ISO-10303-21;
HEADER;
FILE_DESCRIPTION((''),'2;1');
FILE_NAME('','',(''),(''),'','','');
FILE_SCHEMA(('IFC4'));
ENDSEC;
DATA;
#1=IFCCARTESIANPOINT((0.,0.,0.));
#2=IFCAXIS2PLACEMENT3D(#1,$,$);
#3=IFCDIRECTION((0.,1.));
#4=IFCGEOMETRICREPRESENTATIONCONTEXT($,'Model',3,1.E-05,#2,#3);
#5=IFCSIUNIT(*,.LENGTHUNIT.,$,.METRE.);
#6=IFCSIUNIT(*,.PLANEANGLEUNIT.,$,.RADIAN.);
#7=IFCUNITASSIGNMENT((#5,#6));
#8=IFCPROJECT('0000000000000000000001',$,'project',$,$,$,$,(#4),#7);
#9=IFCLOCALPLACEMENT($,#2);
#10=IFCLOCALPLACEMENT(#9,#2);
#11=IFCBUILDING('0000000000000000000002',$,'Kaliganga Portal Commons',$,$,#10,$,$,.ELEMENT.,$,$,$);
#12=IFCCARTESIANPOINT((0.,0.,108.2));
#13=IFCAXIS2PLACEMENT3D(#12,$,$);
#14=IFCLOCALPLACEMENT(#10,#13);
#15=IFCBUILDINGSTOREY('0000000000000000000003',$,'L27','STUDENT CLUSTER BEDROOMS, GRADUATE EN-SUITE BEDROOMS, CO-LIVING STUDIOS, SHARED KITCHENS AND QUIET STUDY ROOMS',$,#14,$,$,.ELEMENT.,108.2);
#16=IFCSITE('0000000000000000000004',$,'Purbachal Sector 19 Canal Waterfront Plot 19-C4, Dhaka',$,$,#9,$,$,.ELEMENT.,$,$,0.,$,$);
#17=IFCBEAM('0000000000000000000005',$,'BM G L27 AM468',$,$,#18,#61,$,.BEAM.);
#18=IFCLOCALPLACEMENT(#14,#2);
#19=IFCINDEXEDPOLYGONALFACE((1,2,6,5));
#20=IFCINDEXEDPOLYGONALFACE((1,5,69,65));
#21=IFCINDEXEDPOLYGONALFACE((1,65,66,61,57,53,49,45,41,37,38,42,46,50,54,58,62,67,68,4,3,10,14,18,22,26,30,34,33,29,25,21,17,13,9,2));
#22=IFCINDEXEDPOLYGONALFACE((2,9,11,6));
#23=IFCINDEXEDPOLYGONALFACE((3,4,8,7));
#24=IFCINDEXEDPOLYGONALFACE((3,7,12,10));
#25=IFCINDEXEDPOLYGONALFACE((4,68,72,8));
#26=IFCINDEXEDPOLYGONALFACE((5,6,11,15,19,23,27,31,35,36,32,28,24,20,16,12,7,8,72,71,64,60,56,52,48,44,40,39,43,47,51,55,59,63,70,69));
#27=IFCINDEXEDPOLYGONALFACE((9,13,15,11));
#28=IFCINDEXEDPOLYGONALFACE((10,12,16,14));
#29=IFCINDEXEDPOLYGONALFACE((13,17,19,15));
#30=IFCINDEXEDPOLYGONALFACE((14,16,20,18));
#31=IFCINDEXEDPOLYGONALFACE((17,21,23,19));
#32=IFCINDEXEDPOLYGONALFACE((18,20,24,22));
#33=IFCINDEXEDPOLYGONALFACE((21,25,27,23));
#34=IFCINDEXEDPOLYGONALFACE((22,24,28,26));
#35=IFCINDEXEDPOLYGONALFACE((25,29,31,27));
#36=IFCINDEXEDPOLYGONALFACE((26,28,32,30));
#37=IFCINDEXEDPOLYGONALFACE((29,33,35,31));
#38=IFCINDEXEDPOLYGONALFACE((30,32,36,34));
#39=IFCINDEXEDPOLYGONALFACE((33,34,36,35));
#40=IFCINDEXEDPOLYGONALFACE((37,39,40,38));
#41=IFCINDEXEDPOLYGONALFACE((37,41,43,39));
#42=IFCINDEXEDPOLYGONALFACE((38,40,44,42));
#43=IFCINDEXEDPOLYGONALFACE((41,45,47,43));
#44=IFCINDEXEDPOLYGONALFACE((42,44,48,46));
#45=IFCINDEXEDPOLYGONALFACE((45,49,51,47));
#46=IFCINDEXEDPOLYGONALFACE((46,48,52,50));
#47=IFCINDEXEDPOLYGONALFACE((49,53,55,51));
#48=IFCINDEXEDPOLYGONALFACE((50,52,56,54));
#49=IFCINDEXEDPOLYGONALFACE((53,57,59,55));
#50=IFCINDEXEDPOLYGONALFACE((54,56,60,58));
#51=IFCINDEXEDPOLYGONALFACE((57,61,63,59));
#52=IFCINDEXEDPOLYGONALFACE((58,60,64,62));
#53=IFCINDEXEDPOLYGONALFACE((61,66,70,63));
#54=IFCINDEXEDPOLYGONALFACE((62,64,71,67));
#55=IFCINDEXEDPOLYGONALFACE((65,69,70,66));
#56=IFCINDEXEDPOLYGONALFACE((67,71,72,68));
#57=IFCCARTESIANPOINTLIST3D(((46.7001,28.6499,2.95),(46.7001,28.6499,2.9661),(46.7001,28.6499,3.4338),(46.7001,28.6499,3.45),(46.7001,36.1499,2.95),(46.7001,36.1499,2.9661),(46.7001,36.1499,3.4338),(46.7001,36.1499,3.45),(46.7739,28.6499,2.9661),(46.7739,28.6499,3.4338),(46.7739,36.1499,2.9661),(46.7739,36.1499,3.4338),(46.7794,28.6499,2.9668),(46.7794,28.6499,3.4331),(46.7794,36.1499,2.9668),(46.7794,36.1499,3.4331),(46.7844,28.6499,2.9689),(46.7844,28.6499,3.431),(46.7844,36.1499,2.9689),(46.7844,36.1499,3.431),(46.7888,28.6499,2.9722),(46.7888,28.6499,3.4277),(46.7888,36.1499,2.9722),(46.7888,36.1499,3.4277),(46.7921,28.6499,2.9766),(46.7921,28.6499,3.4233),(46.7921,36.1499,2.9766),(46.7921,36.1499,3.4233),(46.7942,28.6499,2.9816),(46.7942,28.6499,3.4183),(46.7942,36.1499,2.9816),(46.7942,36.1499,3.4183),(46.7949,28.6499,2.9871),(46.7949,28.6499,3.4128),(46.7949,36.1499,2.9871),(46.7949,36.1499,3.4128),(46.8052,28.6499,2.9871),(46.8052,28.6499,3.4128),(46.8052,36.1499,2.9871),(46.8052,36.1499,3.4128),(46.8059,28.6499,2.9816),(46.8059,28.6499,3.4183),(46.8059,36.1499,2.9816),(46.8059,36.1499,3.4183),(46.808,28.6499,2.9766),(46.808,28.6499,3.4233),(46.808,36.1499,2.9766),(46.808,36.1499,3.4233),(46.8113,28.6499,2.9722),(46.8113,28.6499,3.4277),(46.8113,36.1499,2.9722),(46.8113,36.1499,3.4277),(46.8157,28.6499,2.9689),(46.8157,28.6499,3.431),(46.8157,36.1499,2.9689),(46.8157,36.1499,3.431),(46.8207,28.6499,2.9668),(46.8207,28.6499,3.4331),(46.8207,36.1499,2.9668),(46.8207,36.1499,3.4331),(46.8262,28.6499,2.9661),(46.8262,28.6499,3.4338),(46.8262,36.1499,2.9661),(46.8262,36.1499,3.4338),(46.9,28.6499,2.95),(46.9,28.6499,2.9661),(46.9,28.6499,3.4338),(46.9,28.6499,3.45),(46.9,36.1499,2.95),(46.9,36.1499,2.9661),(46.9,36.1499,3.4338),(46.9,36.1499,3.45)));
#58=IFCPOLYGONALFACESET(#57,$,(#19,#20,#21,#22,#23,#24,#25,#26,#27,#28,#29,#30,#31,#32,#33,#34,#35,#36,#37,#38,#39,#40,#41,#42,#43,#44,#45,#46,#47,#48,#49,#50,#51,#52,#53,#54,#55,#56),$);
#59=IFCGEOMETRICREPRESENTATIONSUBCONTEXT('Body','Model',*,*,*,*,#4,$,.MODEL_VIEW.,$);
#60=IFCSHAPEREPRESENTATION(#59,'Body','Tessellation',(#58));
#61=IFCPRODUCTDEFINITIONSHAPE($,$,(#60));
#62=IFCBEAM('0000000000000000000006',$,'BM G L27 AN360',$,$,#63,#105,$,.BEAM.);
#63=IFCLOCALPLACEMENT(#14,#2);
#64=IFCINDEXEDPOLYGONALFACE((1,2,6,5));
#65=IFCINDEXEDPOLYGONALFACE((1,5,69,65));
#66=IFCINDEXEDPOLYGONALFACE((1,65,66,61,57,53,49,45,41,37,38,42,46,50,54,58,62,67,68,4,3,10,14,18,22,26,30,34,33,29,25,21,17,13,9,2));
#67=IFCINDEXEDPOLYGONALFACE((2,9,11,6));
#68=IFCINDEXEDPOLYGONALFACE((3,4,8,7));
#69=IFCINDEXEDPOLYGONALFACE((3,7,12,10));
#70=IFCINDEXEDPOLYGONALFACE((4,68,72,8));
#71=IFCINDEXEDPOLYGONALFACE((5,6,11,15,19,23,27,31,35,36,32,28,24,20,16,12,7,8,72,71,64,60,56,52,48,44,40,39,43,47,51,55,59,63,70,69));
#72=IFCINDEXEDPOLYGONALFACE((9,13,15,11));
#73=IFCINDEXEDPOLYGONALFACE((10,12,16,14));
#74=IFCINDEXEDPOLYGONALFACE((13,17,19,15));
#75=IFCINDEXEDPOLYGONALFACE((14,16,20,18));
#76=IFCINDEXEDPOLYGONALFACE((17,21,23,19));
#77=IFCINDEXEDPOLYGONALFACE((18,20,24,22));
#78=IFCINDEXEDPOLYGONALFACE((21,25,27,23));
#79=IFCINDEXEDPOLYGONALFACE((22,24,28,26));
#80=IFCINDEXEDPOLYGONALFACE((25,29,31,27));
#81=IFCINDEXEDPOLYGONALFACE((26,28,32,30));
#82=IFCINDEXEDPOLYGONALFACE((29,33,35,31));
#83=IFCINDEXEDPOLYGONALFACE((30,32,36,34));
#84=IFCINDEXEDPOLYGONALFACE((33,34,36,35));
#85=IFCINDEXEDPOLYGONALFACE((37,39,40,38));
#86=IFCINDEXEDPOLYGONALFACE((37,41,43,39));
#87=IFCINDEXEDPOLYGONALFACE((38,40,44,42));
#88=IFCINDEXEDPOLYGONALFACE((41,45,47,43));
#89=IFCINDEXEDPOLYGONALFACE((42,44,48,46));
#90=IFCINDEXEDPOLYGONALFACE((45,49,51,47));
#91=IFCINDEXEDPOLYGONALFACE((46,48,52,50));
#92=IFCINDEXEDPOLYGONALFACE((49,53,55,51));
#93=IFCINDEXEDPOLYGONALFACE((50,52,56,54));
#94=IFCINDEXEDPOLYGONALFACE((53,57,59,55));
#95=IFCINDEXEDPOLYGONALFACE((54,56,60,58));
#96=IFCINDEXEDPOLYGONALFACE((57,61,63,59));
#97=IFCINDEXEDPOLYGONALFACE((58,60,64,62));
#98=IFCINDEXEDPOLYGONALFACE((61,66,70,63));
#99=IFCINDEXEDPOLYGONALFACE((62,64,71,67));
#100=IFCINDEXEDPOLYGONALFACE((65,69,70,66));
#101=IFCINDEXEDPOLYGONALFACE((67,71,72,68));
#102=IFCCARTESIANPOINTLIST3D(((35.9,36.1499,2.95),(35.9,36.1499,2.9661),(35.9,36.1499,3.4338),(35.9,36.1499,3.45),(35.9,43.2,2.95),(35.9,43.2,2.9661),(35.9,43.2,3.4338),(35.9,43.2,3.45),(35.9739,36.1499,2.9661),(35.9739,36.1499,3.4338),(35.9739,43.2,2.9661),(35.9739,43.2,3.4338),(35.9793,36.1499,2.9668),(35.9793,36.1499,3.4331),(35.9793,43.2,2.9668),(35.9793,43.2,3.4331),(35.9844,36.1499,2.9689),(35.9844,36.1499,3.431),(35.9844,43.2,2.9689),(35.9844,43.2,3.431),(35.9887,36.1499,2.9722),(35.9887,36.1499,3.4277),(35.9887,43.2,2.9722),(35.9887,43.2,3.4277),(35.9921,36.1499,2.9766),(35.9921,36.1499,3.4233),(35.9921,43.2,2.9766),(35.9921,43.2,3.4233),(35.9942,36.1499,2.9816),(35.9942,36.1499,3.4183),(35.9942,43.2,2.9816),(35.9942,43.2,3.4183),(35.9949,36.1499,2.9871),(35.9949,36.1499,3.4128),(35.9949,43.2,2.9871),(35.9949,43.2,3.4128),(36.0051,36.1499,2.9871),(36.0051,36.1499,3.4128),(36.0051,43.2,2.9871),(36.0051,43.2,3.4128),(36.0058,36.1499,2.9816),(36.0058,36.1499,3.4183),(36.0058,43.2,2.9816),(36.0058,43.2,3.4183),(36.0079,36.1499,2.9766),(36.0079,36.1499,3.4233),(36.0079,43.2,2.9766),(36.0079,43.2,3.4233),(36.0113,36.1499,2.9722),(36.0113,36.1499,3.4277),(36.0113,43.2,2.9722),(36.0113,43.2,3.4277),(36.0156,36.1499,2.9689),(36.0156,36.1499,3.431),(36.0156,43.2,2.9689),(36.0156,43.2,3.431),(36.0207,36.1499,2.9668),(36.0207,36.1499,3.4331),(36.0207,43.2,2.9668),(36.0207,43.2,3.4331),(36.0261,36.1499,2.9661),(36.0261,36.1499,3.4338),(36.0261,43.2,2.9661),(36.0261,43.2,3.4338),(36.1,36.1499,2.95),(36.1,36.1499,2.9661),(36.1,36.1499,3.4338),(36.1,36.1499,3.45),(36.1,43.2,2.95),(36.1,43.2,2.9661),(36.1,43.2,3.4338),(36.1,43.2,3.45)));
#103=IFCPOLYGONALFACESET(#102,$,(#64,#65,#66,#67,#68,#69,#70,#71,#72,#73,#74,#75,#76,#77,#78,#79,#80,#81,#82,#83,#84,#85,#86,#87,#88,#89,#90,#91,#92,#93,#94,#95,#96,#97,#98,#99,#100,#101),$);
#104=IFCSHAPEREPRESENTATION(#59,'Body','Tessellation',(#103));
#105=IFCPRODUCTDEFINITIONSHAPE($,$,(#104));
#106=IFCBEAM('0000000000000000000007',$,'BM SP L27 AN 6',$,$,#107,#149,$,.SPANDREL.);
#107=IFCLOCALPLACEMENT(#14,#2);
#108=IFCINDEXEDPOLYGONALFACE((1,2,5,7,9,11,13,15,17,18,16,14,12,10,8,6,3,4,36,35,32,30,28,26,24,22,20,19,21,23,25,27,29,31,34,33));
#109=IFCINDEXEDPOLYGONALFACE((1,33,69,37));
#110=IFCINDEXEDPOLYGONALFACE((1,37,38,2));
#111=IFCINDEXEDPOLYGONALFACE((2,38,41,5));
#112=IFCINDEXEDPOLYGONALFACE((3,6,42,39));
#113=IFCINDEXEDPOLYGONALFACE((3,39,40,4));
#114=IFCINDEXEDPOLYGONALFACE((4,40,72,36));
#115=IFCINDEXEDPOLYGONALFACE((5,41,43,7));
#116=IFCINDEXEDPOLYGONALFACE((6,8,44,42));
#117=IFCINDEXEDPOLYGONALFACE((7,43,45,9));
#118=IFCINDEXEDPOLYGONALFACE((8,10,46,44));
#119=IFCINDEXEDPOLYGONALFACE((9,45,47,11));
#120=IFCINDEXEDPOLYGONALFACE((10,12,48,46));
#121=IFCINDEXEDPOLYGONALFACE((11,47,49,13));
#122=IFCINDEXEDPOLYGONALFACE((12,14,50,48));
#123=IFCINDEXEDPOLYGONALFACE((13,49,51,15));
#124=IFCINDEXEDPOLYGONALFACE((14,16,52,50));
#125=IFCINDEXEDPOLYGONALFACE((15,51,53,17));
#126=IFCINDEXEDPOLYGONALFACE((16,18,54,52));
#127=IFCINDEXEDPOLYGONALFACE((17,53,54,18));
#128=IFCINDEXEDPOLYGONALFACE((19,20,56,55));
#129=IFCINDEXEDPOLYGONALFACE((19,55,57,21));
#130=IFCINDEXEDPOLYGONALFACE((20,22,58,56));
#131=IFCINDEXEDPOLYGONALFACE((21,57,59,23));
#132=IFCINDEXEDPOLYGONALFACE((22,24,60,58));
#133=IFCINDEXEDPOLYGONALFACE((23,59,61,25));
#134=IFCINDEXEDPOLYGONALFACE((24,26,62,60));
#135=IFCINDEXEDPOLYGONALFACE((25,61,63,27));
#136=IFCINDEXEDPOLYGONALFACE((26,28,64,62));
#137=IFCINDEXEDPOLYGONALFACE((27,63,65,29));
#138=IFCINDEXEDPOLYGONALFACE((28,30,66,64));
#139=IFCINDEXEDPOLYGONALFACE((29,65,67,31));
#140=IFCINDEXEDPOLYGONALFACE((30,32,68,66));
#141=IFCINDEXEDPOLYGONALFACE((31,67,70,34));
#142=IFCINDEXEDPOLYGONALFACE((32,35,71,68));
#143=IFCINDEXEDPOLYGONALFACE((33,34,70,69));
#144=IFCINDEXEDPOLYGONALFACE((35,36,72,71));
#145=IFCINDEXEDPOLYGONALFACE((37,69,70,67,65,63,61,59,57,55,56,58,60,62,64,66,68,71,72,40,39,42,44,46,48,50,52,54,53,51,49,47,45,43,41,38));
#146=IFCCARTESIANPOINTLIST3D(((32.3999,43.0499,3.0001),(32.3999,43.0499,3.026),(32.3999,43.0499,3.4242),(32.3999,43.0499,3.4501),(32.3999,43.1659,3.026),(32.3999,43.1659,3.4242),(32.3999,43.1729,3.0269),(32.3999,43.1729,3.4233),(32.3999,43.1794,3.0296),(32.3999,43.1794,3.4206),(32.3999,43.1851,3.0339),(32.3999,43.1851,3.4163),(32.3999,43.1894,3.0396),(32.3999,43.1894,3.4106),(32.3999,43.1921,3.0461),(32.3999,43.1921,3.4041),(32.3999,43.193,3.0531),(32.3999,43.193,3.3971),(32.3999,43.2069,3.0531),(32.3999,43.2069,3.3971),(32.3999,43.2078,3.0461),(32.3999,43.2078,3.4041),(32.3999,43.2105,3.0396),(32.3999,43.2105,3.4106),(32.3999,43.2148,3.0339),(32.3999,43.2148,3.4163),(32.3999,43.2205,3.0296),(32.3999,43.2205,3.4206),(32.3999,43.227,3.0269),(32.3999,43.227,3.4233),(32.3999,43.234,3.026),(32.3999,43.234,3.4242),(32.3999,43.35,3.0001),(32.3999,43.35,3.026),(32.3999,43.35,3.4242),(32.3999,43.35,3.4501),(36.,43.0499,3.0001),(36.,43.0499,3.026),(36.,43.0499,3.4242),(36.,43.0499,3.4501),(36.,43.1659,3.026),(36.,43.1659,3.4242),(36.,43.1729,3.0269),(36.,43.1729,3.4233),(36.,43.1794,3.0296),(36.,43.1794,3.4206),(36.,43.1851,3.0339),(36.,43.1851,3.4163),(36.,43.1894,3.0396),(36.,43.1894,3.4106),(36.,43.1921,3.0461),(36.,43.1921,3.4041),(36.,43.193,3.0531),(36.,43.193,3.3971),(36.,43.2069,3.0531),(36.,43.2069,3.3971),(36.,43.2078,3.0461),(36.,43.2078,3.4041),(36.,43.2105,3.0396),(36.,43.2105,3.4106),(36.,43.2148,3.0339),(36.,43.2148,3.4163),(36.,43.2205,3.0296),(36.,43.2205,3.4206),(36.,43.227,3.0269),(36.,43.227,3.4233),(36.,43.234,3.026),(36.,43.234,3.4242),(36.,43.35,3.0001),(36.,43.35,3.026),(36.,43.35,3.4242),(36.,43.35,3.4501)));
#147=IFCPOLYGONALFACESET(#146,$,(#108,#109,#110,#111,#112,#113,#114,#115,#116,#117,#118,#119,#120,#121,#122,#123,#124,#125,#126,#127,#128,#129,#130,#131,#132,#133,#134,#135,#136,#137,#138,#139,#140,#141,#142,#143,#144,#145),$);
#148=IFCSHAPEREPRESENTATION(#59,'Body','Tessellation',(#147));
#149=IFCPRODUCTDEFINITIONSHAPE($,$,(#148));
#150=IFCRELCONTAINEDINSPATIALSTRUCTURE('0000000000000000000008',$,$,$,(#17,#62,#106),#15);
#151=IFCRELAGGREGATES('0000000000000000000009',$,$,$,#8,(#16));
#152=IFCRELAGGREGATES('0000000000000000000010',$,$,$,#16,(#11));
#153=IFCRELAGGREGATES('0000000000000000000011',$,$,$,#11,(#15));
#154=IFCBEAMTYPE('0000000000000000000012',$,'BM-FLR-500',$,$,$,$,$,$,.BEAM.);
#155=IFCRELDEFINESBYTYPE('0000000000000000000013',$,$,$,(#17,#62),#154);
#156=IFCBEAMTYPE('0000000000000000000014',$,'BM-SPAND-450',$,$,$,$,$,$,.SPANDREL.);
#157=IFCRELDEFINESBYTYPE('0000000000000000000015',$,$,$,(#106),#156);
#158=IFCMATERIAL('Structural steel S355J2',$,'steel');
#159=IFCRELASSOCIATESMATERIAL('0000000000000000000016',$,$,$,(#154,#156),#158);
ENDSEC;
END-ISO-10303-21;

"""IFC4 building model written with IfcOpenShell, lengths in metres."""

from ifc_helpers import new_model, si_unit, direction, frame, origin, origin_2d, place, context, subcontext, project, spatial, i_section, extrude, source, transform, mapped, material, material_profile, profile_set, type_object, element, save


model = new_model("IFC4")

# Units and contexts
model_context = context("Model", 3, precision=1e-05, world=origin(), true_north=direction((0.0, 1.0)))
body_context = subcontext(model_context, "Body", "Model", "MODEL_VIEW")
ifc_project = project(units=[si_unit("LENGTHUNIT", "METRE"), si_unit("PLANEANGLEUNIT", "RADIAN")], contexts=[model_context])

# Site, building, storey
site_placement = place(None, origin())
site = spatial("IfcSite", under=ifc_project, at=site_placement, Name="Purbachal Sector 19 Canal Waterfront Plot 19-C4, Dhaka", CompositionType="ELEMENT", RefElevation=0.0)
building_placement = place(site_placement, origin())
building = spatial("IfcBuilding", under=site, at=building_placement, Name="Kaliganga Portal Commons", CompositionType="ELEMENT")
storey_placement = place(building_placement, frame((0.0, 0.0, 108.2)))
storey = spatial("IfcBuildingStorey", under=building, at=storey_placement, Name="L27", Description="STUDENT CLUSTER BEDROOMS, GRADUATE EN-SUITE BEDROOMS, CO-LIVING STUDIOS, SHARED KITCHENS AND QUIET STUDY ROOMS", CompositionType="ELEMENT", Elevation=108.2)

# Beams
ifc_material_1 = material(Name="Structural steel S355J2", Category="steel")
ifc_material_profile_1 = material_profile(ifc_material_1, i_section(OverallWidth=0.2, OverallDepth=0.5, WebThickness=0.0103, FlangeThickness=0.0161, FilletRadius=0.021, at=origin_2d()), Name="IPE 500")
ifc_profile_set_1 = profile_set([ifc_material_profile_1], Name="Structural steel S355J2 wide-flange")
beam_type_1 = type_object("IfcBeamType", Name="BM-FLR-500", PredefinedType="BEAM", material=ifc_profile_set_1)
shared_shape_1 = source(origin(), body_context, "Body", "SweptSolid", [
    extrude(i_section(OverallWidth=0.2, OverallDepth=0.5, WebThickness=0.0103, FlangeThickness=0.0161, FilletRadius=0.021, at=origin_2d()), origin(), (0.0, 0.0, 1.0), 7.5),
])
for number, where, z_axis, x_axis, name in (
    (1, (46.8, 28.6499, 3.2), (0.0, 1.0, 0.0), (-1.0, 0.0, 0.0), "BM G L27 AM468"),
):
    element("IfcBeam", number, at=place(storey_placement, frame(where, z_axis=z_axis, x_axis=x_axis)), inside=storey, type_object=beam_type_1, Name=name, PredefinedType="BEAM", context=body_context, shape_type="MappedRepresentation", body=[
        mapped(shared_shape_1, transform((0.0, 0.0, 0.0), x_axis=(1.0, 0.0, 0.0), y_axis=(0.0, 1.0, 0.0), z_axis=(0.0, 0.0, 1.0), scale=1.0)),
    ])
shared_shape_2 = source(origin(), body_context, "Body", "SweptSolid", [
    extrude(i_section(OverallWidth=0.2, OverallDepth=0.5, WebThickness=0.0103, FlangeThickness=0.0161, FilletRadius=0.021, at=origin_2d()), origin(), (0.0, 0.0, 1.0), 7.05),
])
beam_1_placement = place(storey_placement, frame((36.0, 36.1499, 3.2), z_axis=(0.0, 1.0, 0.0), x_axis=(-1.0, 0.0, 0.0)))
element("IfcBeam", 2, at=beam_1_placement, inside=storey, type_object=beam_type_1, Name="BM G L27 AN360", PredefinedType="BEAM", context=body_context, shape_type="MappedRepresentation", body=[
    mapped(shared_shape_2, transform((0.0, 0.0, 0.0), x_axis=(1.0, 0.0, 0.0), y_axis=(0.0, 1.0, 0.0), z_axis=(0.0, 0.0, 1.0), scale=1.0)),
])
ifc_material_profile_2 = material_profile(ifc_material_1, i_section(OverallWidth=0.3, OverallDepth=0.45, WebThickness=0.0139, FlangeThickness=0.0259, FilletRadius=0.0271, at=origin_2d()), Name="HE 450 B")
ifc_profile_set_2 = profile_set([ifc_material_profile_2], Name="Structural steel S355J2 wide-flange")
beam_type_2 = type_object("IfcBeamType", Name="BM-SPAND-450", PredefinedType="SPANDREL", material=ifc_profile_set_2)
shared_shape_3 = source(origin(), body_context, "Body", "SweptSolid", [
    extrude(i_section(OverallWidth=0.3, OverallDepth=0.45, WebThickness=0.0139, FlangeThickness=0.0259, FilletRadius=0.0271, at=origin_2d()), origin(), (0.0, 0.0, 1.0), 3.6001),
])
beam_2_placement = place(storey_placement, frame((32.3999, 43.2, 3.2251), z_axis=(1.0, 0.0, 0.0), x_axis=(0.0, 1.0, 0.0)))
element("IfcBeam", 3, at=beam_2_placement, inside=storey, type_object=beam_type_2, Name="BM SP L27 AN 6", PredefinedType="SPANDREL", context=body_context, shape_type="MappedRepresentation", body=[
    mapped(shared_shape_3, transform((0.0, 0.0, 0.0), x_axis=(1.0, 0.0, 0.0), y_axis=(0.0, 1.0, 0.0), z_axis=(0.0, 0.0, 1.0), scale=1.0)),
])

save(model, "model.ifc")
